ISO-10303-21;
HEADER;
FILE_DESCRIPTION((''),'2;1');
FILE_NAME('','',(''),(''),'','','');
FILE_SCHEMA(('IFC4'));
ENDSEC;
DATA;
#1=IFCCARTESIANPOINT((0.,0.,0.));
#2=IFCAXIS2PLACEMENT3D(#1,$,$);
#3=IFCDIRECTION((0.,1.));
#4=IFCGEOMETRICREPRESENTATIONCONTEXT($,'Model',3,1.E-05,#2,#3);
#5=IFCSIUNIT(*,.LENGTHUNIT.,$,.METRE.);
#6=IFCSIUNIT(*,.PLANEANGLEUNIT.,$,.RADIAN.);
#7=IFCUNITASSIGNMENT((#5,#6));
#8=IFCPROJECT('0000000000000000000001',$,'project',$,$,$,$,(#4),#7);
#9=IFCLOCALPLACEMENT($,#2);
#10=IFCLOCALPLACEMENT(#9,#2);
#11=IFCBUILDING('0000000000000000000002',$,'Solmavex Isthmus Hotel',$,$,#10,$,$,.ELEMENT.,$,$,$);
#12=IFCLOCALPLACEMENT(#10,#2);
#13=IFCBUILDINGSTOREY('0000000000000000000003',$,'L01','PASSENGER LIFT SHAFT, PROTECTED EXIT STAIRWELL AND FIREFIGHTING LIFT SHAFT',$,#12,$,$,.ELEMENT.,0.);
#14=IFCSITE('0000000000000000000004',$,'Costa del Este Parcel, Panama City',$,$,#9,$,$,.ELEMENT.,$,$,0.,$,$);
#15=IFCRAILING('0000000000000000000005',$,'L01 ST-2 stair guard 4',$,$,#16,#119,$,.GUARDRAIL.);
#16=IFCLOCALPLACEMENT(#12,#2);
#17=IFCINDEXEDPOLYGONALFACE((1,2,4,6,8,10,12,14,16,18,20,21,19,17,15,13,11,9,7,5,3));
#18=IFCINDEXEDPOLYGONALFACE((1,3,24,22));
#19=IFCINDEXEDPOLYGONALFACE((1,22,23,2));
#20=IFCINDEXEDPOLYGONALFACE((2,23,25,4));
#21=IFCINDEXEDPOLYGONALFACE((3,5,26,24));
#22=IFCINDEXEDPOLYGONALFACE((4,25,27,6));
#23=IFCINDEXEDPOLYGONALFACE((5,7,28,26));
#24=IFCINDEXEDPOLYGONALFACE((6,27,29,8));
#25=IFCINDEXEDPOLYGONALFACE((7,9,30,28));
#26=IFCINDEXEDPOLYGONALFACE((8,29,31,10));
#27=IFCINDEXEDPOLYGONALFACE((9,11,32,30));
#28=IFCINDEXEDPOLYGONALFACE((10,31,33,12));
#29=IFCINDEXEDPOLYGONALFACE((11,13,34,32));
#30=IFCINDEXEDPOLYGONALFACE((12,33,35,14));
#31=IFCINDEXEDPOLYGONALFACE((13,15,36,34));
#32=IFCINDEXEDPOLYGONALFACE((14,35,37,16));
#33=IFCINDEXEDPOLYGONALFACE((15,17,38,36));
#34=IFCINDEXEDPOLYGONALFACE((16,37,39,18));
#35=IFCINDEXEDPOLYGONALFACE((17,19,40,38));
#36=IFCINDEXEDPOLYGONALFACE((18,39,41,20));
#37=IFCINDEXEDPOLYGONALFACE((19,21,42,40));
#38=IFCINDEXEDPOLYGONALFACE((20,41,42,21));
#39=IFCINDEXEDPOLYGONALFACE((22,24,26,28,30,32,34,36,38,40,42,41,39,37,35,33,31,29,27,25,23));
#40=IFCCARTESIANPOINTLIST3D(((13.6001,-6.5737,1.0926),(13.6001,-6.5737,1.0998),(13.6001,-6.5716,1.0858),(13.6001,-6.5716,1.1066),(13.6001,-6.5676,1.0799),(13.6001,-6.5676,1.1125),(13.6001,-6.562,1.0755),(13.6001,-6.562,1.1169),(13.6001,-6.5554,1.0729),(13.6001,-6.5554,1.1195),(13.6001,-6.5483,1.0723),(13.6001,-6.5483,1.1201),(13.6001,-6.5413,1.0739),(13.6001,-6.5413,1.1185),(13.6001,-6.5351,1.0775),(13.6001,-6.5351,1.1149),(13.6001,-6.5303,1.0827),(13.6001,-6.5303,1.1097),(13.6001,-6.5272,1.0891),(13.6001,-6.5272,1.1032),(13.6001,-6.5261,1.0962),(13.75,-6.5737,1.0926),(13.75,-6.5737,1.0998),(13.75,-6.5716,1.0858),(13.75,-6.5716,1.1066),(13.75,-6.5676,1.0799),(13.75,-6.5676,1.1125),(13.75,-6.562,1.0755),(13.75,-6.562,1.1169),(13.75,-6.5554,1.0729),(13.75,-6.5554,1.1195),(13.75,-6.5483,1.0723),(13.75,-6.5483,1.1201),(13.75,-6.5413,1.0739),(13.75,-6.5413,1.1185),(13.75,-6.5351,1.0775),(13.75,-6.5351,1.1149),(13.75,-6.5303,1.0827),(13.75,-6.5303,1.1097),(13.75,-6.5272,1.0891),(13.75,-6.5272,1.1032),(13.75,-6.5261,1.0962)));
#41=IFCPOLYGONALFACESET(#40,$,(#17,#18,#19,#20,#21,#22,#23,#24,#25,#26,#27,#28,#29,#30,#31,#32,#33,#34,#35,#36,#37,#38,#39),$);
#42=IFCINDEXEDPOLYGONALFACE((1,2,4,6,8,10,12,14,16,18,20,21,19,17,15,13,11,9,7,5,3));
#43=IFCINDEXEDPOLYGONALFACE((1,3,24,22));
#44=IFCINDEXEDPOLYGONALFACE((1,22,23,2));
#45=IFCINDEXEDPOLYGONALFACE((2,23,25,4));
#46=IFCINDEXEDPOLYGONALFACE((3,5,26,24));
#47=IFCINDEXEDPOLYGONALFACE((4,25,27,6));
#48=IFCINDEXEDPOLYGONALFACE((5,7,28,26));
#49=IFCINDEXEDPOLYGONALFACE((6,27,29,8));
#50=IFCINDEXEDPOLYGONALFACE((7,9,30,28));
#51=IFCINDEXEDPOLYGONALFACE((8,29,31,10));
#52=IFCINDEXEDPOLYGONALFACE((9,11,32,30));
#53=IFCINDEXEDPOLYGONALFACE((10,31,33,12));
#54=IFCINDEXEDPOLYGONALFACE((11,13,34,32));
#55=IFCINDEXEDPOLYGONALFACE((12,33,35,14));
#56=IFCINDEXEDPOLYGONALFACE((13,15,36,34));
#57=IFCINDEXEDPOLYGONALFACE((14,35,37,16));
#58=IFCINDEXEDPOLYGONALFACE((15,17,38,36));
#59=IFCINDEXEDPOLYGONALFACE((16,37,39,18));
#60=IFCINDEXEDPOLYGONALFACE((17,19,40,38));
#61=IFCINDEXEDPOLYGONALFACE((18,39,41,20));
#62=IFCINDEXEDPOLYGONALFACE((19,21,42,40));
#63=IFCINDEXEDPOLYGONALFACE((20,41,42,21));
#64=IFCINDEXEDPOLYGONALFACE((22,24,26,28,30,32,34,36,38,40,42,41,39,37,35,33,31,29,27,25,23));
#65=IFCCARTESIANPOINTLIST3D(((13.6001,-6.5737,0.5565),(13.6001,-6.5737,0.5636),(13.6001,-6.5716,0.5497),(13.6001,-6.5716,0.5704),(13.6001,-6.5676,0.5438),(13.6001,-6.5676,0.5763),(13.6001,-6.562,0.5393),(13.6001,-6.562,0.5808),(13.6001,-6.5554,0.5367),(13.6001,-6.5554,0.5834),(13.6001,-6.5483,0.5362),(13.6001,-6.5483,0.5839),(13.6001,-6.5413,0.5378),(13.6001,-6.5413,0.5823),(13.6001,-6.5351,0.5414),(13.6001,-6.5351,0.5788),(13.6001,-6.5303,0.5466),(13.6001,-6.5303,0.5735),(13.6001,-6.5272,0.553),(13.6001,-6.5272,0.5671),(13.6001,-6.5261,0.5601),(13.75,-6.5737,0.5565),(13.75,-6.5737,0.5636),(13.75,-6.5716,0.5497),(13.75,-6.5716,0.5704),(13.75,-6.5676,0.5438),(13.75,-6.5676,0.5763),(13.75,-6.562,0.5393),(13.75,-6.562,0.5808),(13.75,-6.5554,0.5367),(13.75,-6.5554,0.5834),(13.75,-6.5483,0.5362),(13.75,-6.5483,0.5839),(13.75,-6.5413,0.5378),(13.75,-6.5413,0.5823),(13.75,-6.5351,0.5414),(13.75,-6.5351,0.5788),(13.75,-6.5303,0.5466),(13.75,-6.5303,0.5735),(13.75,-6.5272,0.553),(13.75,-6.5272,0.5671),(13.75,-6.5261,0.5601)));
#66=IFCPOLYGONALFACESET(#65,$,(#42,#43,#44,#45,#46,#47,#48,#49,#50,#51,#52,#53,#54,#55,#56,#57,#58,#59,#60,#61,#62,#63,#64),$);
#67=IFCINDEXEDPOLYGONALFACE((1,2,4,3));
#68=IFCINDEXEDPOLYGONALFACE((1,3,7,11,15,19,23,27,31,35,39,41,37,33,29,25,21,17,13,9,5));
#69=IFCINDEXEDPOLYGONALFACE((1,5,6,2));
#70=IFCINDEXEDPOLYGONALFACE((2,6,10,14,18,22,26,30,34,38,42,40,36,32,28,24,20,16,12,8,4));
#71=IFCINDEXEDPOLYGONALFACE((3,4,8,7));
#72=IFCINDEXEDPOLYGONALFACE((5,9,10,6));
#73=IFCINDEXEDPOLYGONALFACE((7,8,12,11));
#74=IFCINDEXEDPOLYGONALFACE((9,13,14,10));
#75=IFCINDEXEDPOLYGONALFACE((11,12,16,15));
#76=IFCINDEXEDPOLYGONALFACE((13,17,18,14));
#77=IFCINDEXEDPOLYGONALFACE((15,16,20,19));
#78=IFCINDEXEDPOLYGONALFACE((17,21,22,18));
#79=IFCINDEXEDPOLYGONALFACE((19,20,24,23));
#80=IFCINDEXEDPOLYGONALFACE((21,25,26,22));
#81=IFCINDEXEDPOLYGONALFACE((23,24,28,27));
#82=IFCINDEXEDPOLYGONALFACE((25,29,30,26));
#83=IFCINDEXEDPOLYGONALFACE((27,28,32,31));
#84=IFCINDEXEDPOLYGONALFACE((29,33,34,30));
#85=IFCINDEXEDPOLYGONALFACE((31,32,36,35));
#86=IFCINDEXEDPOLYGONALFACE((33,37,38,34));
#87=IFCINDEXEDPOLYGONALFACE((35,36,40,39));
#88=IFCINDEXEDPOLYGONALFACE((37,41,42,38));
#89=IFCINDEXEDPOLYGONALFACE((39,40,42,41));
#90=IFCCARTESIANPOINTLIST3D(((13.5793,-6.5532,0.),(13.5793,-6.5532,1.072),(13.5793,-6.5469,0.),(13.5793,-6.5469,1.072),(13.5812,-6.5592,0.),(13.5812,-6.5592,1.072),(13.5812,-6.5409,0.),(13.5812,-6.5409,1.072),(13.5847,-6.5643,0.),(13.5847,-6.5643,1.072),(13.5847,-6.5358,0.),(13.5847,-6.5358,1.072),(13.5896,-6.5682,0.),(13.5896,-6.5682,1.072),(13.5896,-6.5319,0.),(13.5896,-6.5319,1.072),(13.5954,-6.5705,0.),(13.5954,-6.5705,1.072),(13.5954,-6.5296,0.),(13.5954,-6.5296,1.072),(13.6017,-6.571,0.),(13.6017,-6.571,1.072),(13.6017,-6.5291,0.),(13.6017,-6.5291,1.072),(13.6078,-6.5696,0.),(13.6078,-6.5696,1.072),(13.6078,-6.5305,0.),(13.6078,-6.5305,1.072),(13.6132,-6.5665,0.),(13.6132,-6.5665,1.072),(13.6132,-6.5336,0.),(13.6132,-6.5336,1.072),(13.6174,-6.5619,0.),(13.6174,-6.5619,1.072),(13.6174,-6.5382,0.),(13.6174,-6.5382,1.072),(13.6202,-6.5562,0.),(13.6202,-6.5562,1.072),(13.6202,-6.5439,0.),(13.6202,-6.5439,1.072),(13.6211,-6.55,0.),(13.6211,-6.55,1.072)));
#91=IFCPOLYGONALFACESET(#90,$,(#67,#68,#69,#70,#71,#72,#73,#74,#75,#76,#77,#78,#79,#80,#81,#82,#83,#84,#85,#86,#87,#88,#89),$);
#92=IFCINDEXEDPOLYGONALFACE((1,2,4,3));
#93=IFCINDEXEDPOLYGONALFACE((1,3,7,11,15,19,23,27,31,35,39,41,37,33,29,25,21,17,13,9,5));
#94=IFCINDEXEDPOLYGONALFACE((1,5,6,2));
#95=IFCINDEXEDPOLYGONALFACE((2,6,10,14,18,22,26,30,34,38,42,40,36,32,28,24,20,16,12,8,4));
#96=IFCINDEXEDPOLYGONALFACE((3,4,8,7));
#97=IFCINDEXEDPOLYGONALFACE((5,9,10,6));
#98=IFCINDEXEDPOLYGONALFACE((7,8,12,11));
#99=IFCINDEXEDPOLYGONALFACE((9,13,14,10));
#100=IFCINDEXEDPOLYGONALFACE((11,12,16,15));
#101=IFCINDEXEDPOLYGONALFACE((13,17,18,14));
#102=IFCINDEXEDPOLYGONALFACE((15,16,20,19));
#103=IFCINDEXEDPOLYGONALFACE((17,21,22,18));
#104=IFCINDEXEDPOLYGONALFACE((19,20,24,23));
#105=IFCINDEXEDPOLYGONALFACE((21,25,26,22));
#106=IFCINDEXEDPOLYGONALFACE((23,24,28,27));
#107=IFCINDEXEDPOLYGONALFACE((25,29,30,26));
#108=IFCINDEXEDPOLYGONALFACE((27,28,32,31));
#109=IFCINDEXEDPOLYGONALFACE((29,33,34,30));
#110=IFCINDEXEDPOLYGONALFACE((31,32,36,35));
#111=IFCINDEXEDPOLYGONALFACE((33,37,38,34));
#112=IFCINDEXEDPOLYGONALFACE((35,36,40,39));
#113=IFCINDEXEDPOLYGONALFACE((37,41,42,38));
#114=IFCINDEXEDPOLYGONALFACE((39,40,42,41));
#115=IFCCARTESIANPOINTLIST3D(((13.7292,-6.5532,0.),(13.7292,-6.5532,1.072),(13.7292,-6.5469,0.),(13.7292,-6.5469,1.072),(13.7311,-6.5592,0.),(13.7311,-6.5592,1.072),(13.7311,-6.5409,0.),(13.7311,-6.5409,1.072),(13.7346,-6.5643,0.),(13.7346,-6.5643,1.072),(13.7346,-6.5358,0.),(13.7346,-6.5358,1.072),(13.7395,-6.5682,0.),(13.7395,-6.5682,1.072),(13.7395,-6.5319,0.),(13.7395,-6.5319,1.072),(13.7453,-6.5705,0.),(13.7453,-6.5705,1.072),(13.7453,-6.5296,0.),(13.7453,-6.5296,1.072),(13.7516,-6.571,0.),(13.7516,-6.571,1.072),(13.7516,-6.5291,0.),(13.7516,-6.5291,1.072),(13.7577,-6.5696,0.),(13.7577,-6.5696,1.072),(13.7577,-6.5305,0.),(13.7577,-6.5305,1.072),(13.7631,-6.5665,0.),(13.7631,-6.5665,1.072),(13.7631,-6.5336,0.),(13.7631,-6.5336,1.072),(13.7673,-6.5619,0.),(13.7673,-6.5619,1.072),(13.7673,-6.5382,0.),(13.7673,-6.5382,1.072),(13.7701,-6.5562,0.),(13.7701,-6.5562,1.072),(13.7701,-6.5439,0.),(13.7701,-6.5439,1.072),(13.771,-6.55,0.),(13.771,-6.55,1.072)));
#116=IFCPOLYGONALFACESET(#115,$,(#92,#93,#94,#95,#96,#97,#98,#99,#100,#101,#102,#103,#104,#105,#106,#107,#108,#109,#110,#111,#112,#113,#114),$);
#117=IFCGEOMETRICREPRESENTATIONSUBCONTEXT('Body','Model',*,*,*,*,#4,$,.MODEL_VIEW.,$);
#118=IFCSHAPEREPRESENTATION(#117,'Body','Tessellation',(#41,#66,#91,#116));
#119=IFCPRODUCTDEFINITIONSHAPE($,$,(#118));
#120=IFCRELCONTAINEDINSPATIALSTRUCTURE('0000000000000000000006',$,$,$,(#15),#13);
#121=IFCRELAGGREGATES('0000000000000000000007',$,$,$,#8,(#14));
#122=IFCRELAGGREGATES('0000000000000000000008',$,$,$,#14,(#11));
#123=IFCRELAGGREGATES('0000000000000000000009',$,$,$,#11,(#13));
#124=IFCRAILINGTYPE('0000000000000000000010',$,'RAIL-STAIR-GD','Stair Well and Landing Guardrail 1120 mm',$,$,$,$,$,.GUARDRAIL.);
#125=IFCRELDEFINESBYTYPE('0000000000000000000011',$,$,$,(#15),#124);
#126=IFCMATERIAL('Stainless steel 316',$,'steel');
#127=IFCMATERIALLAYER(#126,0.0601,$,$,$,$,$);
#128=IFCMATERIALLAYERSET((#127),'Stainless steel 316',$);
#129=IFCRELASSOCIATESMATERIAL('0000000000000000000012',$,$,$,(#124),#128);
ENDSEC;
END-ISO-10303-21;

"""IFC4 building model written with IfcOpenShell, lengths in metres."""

from ifc_helpers import new_model, si_unit, direction, frame, origin, origin_2d, place, context, subcontext, project, spatial, circle, extrude, material, layer, layer_set, type_object, element, save


model = new_model("IFC4")

# Units and contexts
model_context = context("Model", 3, precision=1e-05, world=origin(), true_north=direction((0.0, 1.0)))
body_context = subcontext(model_context, "Body", "Model", "MODEL_VIEW")
ifc_project = project(units=[si_unit("LENGTHUNIT", "METRE"), si_unit("PLANEANGLEUNIT", "RADIAN")], contexts=[model_context])

# Site, building, storey
site_placement = place(None, origin())
site = spatial("IfcSite", under=ifc_project, at=site_placement, Name="Costa del Este Parcel, Panama City", CompositionType="ELEMENT", RefElevation=0.0)
building_placement = place(site_placement, origin())
building = spatial("IfcBuilding", under=site, at=building_placement, Name="Solmavex Isthmus Hotel", CompositionType="ELEMENT")
storey_placement = place(building_placement, origin())
storey = spatial("IfcBuildingStorey", under=building, at=storey_placement, Name="L01", Description="PASSENGER LIFT SHAFT, PROTECTED EXIT STAIRWELL AND FIREFIGHTING LIFT SHAFT", CompositionType="ELEMENT", Elevation=0.0)

# Railing
ifc_material_1 = material(Name="Stainless steel 316", Category="steel")
ifc_layer_1 = layer(ifc_material_1, 0.0601)
ifc_layer_set_1 = layer_set([ifc_layer_1], Name="Stainless steel 316")
railing_type_1 = type_object("IfcRailingType", Name="RAIL-STAIR-GD", Description="Stair Well and Landing Guardrail 1120 mm", PredefinedType="GUARDRAIL", material=ifc_layer_set_1)
railing_1_placement = place(storey_placement, frame((13.6001, -6.55, 0.0)))
element("IfcRailing", 1, at=railing_1_placement, inside=storey, type_object=railing_type_1, Name="L01 ST-2 stair guard 4", PredefinedType="GUARDRAIL", context=body_context, shape_type="SweptSolid", body=[
    extrude(circle(Radius=0.0239, at=origin_2d()), frame((0.0, 0.0, 1.0962), z_axis=(1.0, 0.0, 0.0), x_axis=(0.0, 1.0, 0.0)), (0.0, 0.0, 1.0), 0.1499),
    extrude(circle(Radius=0.0239, at=origin_2d()), frame((0.0, 0.0, 0.5601), z_axis=(1.0, 0.0, 0.0), x_axis=(0.0, 1.0, 0.0)), (0.0, 0.0, 1.0), 0.1499),
    extrude(circle(Radius=0.021, at=origin_2d()), origin(), (0.0, 0.0, 1.0), 1.072),
    extrude(circle(Radius=0.021, at=origin_2d()), frame((0.1499, 0.0, 0.0)), (0.0, 0.0, 1.0), 1.072),
])

save(model, "model.ifc")
